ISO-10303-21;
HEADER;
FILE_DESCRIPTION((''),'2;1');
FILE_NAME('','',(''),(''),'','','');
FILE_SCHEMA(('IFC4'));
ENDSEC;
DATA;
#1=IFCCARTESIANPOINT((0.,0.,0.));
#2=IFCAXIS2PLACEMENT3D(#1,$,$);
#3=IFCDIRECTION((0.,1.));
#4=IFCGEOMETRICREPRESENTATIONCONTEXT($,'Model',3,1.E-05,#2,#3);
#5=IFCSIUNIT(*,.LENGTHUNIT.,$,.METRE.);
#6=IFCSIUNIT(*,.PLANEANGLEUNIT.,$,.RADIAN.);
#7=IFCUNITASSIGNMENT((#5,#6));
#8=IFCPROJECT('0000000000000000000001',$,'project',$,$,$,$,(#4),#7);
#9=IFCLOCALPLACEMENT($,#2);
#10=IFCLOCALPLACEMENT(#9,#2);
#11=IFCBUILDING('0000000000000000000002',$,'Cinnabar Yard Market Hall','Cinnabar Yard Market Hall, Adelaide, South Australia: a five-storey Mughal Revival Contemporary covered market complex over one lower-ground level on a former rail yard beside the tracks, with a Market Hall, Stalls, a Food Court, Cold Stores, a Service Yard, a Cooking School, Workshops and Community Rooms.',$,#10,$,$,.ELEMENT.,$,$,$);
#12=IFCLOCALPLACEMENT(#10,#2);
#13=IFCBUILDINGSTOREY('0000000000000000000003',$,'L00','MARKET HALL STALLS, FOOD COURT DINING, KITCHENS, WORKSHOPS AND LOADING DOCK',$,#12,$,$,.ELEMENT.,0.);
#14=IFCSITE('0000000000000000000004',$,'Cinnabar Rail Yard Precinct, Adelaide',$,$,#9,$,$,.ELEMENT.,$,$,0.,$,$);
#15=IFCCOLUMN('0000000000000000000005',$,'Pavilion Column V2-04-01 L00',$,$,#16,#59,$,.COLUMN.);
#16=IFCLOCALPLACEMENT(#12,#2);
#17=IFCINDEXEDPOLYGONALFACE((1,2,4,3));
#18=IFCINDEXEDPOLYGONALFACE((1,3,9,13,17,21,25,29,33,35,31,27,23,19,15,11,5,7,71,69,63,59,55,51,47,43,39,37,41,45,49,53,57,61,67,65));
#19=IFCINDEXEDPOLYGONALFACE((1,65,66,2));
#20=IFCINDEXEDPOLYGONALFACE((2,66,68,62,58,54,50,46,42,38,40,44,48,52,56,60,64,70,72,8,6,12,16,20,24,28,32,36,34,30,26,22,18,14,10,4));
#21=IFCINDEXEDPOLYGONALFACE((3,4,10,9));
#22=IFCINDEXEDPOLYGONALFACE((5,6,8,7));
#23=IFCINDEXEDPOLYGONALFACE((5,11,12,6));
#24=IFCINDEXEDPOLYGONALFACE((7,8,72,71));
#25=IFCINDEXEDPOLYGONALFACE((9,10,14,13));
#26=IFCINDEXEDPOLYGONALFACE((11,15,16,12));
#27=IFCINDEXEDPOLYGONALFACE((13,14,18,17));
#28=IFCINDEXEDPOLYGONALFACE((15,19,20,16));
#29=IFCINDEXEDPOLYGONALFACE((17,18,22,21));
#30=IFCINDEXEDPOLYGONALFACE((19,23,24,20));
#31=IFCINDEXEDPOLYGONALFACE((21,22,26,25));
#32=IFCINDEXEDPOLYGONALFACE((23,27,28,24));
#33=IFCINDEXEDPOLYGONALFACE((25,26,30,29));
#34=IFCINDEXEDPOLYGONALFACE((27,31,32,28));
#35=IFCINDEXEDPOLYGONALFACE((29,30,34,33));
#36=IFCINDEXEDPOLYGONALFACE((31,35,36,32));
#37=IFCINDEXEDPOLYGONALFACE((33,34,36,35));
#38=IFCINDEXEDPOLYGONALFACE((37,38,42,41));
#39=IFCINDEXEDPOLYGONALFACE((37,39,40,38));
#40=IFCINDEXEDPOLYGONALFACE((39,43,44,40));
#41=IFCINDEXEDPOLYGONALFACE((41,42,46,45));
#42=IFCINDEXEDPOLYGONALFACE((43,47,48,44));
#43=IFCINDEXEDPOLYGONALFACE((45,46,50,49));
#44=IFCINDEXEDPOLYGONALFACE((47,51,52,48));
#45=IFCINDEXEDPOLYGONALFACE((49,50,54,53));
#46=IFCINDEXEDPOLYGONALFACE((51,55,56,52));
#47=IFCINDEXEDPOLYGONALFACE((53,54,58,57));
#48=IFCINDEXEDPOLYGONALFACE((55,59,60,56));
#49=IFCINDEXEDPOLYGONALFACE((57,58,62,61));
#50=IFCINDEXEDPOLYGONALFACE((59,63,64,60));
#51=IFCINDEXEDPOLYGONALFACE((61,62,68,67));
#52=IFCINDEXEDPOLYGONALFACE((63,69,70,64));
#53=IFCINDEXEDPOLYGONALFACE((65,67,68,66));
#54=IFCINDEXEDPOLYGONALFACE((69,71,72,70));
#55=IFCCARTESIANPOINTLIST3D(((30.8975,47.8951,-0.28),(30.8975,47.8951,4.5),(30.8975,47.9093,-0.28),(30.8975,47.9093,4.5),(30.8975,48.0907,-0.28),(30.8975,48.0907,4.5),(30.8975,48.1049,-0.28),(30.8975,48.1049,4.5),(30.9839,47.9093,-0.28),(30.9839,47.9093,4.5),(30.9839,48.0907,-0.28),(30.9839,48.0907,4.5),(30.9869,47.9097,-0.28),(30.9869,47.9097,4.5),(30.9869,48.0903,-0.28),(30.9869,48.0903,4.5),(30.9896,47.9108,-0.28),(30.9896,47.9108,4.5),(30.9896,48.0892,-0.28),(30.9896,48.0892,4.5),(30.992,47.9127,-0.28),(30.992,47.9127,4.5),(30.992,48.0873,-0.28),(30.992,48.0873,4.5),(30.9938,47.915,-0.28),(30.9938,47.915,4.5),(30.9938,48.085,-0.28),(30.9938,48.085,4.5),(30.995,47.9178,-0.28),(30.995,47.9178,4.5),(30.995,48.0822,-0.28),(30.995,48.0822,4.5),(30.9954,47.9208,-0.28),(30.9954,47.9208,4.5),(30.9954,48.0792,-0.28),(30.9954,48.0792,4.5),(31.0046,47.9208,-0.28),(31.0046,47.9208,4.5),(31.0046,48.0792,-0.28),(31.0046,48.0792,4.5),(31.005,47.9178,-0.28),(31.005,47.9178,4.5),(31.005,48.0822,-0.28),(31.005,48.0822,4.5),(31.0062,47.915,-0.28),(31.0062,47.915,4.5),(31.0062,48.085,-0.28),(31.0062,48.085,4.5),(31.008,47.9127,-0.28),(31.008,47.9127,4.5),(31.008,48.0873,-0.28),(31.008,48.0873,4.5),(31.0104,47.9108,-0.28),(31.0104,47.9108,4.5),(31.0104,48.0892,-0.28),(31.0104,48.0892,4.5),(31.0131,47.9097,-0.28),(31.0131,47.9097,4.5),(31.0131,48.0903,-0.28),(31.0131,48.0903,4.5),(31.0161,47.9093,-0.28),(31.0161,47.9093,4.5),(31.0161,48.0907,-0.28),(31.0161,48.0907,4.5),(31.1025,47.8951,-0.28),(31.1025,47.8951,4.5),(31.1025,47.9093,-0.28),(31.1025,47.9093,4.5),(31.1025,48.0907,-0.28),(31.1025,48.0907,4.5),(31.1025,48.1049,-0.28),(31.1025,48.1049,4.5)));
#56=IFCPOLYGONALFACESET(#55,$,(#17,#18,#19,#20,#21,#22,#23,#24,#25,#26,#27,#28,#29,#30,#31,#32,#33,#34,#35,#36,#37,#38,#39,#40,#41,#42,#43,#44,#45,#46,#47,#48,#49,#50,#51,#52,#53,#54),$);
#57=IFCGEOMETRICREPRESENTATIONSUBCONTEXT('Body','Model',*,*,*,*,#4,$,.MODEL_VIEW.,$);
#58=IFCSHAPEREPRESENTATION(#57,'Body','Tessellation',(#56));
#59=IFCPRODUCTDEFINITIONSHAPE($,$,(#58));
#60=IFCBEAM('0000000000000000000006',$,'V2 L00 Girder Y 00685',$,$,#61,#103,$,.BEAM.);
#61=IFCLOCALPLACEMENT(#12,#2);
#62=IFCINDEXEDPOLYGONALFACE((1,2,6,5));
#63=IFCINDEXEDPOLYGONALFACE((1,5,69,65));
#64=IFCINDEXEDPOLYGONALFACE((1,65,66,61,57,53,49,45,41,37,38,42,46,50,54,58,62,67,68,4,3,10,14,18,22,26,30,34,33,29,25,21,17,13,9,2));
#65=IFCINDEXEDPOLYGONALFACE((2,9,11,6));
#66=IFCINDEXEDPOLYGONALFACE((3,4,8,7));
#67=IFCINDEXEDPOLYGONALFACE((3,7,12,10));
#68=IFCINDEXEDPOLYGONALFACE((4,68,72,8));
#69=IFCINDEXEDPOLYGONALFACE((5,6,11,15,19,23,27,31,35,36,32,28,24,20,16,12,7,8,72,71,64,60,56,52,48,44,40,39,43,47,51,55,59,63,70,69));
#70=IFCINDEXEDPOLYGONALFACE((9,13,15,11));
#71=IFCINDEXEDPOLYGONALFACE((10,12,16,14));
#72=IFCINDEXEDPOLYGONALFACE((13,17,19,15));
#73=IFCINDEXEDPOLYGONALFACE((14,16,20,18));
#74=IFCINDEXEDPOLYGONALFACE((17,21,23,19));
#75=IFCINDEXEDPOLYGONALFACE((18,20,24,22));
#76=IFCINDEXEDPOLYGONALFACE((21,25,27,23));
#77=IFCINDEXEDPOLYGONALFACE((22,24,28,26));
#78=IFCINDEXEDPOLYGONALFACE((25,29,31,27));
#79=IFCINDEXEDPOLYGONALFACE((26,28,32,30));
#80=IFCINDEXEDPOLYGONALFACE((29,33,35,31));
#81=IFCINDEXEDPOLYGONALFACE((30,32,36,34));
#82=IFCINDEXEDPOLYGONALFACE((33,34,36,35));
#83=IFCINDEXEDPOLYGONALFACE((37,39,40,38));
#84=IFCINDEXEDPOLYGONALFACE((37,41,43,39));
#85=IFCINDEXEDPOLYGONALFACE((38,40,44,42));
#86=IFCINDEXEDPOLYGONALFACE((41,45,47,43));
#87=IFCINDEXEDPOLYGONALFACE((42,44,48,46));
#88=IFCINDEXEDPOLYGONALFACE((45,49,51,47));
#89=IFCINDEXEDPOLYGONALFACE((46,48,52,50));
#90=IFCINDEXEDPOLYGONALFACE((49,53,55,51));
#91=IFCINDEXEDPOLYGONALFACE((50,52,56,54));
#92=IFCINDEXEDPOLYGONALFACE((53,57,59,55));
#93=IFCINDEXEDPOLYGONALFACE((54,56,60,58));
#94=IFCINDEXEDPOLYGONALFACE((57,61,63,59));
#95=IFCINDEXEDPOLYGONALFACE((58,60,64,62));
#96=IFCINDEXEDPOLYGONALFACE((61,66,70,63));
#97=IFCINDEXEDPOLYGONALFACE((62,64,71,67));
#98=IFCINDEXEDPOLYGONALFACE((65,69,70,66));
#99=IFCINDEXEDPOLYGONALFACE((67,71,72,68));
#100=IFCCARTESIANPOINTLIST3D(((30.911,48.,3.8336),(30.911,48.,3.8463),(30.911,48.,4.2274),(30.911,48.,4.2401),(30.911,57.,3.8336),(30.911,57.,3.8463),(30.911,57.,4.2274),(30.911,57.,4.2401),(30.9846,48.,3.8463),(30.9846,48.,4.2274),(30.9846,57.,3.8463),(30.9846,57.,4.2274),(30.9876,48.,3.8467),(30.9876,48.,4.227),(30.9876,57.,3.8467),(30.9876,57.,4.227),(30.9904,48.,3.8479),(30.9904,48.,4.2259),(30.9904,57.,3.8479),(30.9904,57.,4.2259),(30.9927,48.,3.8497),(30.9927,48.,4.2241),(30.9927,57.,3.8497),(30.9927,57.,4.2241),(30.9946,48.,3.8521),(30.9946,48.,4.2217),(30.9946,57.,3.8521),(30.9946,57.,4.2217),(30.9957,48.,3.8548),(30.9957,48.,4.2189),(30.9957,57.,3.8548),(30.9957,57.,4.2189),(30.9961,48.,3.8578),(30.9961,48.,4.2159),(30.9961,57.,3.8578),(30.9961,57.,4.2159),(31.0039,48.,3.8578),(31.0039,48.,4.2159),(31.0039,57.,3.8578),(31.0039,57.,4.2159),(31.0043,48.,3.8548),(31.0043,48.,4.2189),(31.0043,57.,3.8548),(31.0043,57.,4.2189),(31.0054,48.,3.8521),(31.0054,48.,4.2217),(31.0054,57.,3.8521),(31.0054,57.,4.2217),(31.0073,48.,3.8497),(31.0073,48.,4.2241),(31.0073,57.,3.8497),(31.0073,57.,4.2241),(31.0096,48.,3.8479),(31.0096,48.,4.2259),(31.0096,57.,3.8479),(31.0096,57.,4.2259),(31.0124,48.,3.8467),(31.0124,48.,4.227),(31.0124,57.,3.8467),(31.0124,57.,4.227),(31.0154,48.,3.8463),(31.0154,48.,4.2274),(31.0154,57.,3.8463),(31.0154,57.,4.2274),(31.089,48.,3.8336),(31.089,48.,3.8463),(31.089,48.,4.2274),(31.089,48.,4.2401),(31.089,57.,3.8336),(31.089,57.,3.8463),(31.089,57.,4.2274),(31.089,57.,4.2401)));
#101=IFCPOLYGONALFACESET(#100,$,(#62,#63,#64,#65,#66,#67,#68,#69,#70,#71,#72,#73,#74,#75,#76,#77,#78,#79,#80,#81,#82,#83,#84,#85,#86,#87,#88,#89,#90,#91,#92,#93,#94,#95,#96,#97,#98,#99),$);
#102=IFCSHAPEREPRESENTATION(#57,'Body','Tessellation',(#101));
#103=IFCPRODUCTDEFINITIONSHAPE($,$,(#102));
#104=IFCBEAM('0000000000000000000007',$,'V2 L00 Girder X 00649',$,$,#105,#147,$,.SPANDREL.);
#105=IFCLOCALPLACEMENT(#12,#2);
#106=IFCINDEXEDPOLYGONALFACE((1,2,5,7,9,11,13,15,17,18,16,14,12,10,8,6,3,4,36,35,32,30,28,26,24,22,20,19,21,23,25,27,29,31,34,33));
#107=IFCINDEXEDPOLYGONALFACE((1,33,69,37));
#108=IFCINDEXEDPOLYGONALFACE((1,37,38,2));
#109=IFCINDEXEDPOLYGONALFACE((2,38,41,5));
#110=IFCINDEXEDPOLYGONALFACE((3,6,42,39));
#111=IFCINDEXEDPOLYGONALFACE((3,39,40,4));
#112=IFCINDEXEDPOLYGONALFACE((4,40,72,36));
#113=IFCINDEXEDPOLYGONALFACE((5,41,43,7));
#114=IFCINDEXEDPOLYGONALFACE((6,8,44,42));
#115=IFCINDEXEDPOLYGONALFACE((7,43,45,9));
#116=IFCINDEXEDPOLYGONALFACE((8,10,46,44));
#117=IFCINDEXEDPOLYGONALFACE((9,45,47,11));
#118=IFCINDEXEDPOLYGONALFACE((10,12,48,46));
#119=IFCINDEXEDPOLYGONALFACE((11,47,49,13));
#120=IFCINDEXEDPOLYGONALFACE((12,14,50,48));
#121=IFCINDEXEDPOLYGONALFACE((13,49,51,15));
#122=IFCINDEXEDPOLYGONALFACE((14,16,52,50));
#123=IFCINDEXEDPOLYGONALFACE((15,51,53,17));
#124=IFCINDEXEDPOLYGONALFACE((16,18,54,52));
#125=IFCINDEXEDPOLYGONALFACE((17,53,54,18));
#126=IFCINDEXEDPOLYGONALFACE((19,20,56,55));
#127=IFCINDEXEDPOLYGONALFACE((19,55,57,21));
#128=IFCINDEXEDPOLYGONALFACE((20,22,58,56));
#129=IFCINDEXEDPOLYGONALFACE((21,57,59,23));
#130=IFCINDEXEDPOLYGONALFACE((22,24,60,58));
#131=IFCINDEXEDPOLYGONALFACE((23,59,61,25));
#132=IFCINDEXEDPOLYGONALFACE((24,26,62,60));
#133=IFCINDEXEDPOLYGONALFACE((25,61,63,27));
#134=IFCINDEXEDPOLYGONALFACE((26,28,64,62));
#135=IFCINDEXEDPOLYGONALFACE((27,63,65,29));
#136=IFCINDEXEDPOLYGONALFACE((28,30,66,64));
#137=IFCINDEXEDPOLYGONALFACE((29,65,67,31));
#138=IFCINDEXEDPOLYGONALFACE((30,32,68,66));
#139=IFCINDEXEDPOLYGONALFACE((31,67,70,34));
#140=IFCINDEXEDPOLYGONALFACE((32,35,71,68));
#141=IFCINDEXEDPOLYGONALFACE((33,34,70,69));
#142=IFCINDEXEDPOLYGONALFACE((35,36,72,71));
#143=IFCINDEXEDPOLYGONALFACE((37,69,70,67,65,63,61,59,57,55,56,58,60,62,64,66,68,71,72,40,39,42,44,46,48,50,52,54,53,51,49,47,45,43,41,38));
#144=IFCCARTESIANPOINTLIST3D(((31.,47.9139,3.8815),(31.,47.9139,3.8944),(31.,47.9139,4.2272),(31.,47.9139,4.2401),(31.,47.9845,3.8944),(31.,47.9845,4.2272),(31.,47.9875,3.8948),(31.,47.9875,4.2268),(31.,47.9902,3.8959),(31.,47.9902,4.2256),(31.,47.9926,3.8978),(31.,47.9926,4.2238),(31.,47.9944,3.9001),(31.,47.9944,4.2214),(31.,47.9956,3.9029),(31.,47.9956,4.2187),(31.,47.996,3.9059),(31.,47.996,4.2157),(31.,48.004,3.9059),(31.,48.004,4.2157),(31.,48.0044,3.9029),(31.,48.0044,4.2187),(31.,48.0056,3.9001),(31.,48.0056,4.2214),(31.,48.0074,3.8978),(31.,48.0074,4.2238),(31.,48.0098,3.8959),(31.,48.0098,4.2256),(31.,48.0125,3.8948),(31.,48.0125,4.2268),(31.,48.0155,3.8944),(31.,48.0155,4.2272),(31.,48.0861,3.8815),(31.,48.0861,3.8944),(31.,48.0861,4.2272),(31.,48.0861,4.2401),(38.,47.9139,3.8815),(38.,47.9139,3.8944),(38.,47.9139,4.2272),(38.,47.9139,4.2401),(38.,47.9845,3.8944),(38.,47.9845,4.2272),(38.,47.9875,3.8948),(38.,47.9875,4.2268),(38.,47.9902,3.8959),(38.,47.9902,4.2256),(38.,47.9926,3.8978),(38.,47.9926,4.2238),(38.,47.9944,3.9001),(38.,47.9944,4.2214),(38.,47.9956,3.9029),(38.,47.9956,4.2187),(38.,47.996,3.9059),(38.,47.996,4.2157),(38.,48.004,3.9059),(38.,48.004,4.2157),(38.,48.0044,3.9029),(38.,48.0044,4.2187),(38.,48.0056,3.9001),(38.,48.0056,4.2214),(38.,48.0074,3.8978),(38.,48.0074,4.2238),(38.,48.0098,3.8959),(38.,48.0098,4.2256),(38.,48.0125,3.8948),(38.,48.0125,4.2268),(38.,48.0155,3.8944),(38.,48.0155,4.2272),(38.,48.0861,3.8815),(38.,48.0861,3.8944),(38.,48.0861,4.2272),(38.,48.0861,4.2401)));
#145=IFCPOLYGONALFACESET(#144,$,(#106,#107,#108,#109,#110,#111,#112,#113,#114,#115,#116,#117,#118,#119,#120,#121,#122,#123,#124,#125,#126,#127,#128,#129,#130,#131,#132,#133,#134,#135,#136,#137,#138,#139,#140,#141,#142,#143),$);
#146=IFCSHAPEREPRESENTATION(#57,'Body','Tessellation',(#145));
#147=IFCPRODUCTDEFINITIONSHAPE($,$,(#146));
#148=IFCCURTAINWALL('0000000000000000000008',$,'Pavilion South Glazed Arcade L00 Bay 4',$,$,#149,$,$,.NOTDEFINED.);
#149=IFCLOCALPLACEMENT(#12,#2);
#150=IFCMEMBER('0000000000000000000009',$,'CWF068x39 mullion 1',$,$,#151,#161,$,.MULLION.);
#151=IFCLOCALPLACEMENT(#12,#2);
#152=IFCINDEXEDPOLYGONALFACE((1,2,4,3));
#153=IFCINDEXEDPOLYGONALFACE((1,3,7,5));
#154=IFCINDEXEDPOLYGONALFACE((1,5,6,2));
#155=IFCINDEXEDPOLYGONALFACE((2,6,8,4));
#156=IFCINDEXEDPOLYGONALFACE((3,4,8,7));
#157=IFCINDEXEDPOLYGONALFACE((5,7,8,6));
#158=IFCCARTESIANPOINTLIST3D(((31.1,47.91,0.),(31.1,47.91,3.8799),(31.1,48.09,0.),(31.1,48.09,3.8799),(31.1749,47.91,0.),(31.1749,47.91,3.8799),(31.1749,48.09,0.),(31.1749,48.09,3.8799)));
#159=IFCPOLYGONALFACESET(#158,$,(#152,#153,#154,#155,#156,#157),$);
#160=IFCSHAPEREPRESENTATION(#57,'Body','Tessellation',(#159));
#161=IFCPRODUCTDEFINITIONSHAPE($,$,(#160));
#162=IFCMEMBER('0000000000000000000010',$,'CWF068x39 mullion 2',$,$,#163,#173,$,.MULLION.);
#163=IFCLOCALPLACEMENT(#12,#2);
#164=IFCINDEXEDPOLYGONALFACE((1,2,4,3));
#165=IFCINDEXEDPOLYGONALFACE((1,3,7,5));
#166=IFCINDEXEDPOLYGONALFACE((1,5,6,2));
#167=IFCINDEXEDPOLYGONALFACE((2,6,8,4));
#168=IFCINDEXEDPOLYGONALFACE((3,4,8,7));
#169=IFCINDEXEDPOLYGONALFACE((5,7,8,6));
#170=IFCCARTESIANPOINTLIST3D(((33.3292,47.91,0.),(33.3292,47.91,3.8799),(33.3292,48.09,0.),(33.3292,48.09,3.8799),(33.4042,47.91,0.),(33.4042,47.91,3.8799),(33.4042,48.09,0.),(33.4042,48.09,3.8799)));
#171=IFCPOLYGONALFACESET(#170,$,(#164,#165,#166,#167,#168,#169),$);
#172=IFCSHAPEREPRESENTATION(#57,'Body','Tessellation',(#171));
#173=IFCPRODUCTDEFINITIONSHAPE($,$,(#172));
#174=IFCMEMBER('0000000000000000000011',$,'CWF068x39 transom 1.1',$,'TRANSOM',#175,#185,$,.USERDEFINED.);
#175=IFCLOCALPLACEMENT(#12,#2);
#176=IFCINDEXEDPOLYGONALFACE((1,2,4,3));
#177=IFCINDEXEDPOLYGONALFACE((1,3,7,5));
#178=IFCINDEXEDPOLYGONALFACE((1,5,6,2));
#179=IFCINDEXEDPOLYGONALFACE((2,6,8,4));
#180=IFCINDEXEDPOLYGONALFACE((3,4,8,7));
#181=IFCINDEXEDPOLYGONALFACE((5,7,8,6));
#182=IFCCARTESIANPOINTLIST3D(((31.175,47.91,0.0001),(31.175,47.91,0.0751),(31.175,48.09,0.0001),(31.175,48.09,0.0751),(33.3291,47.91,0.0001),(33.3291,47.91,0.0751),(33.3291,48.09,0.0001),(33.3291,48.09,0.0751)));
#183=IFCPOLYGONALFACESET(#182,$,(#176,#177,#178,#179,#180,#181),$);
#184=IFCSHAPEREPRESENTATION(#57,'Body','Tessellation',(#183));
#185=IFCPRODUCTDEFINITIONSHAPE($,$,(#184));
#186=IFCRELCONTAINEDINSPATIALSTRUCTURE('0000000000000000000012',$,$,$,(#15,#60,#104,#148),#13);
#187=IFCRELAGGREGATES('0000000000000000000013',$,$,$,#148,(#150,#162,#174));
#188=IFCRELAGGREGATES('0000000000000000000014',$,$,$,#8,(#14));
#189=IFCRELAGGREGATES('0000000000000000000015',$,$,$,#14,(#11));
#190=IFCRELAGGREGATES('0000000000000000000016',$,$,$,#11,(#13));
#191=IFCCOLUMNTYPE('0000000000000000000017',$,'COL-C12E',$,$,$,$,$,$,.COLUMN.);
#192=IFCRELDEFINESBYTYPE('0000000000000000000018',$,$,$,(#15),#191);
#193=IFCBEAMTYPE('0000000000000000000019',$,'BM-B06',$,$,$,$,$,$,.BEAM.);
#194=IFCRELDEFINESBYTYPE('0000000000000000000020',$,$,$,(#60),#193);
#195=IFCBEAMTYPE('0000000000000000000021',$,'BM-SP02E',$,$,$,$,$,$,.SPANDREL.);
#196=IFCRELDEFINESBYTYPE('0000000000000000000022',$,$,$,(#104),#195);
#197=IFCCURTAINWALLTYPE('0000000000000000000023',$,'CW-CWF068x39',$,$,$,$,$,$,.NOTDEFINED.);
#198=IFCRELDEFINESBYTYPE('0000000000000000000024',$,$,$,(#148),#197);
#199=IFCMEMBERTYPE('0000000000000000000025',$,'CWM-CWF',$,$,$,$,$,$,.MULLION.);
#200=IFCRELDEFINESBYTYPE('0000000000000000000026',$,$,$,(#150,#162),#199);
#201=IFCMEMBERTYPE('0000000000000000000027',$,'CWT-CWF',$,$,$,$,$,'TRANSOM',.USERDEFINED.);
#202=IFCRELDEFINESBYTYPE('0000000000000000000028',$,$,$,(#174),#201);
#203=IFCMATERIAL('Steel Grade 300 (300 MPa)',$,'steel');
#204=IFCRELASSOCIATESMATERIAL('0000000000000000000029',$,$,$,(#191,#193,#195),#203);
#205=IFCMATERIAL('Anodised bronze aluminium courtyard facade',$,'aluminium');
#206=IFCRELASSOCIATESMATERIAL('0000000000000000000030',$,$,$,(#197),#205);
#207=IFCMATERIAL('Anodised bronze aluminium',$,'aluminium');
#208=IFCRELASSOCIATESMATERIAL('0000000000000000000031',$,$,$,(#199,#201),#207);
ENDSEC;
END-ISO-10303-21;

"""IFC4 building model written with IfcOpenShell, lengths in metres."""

from ifc_helpers import new_model, si_unit, direction, frame, origin, origin_2d_with_axis, place, context, subcontext, project, spatial, rectangle, i_section, extrude, material, material_profile, profile_set, type_object, element, aggregate, save


model = new_model("IFC4")

# Units and contexts
model_context = context("Model", 3, precision=1e-05, world=origin(), true_north=direction((0.0, 1.0)))
body_context = subcontext(model_context, "Body", "Model", "MODEL_VIEW")
ifc_project = project(units=[si_unit("LENGTHUNIT", "METRE"), si_unit("PLANEANGLEUNIT", "RADIAN")], contexts=[model_context])

# Site, building, storey
site_placement = place(None, origin())
site = spatial("IfcSite", under=ifc_project, at=site_placement, Name="Cinnabar Rail Yard Precinct, Adelaide", CompositionType="ELEMENT", RefElevation=0.0)
building_placement = place(site_placement, origin())
building = spatial("IfcBuilding", under=site, at=building_placement, Name="Cinnabar Yard Market Hall", Description="Cinnabar Yard Market Hall, Adelaide, South Australia: a five-storey Mughal Revival Contemporary covered market complex over one lower-ground level on a former rail yard beside the tracks, with a Market Hall, Stalls, a Food Court, Cold Stores, a Service Yard, a Cooking School, Workshops and Community Rooms.", CompositionType="ELEMENT")
storey_placement = place(building_placement, origin())
storey = spatial("IfcBuildingStorey", under=building, at=storey_placement, Name="L00", Description="MARKET HALL STALLS, FOOD COURT DINING, KITCHENS, WORKSHOPS AND LOADING DOCK", CompositionType="ELEMENT", Elevation=0.0)

# Column
ifc_material_1 = material(Name="Steel Grade 300 (300 MPa)", Category="steel")
ifc_material_profile_1 = material_profile(ifc_material_1, i_section(OverallWidth=0.2051, OverallDepth=0.2097, WebThickness=0.0093, FlangeThickness=0.0142, FilletRadius=0.0115, at=origin_2d_with_axis()), Name="200UC59.5")
ifc_profile_set_1 = profile_set([ifc_material_profile_1], Name="Steel Grade 300 (300 MPa)")
column_type = type_object("IfcColumnType", Name="COL-C12E", PredefinedType="COLUMN", material=ifc_profile_set_1)
column_placement = place(storey_placement, frame((31.0, 48.0, -0.28), z_axis=(0.0, 0.0, 1.0), x_axis=(1.0, 0.0, 0.0)))
element("IfcColumn", 1, at=column_placement, inside=storey, type_object=column_type, Name="Pavilion Column V2-04-01 L00", PredefinedType="COLUMN", context=body_context, shape_type="SweptSolid", body=[
    extrude(i_section(OverallWidth=0.2051, OverallDepth=0.2097, WebThickness=0.0093, FlangeThickness=0.0142, FilletRadius=0.0115, at=origin_2d_with_axis()), origin(), (0.0, 0.0, 1.0), 4.78),
])

# Beams
ifc_material_profile_2 = material_profile(ifc_material_1, i_section(OverallWidth=0.178, OverallDepth=0.4065, WebThickness=0.0078, FlangeThickness=0.0127, FilletRadius=0.0115, at=origin_2d_with_axis()), Name="410UB59.7")
ifc_profile_set_2 = profile_set([ifc_material_profile_2], Name="Steel Grade 300 (300 MPa)")
beam_type_1 = type_object("IfcBeamType", Name="BM-B06", PredefinedType="BEAM", material=ifc_profile_set_2)
beam_1_placement = place(storey_placement, frame((31.0, 48.0, 4.0369), z_axis=(0.0, 1.0, 0.0), x_axis=(-1.0, 0.0, 0.0)))
element("IfcBeam", 2, at=beam_1_placement, inside=storey, type_object=beam_type_1, Name="V2 L00 Girder Y 00685", PredefinedType="BEAM", context=body_context, shape_type="SweptSolid", body=[
    extrude(i_section(OverallWidth=0.178, OverallDepth=0.4065, WebThickness=0.0078, FlangeThickness=0.0127, FilletRadius=0.0115, at=origin_2d_with_axis()), origin(), (0.0, 0.0, 1.0), 9.0),
])
ifc_material_profile_3 = material_profile(ifc_material_1, i_section(OverallWidth=0.1721, OverallDepth=0.3586, WebThickness=0.0081, FlangeThickness=0.0129, FilletRadius=0.0115, at=origin_2d_with_axis()), Name="360UB56.7")
ifc_profile_set_3 = profile_set([ifc_material_profile_3], Name="Steel Grade 300 (300 MPa)")
beam_type_2 = type_object("IfcBeamType", Name="BM-SP02E", PredefinedType="SPANDREL", material=ifc_profile_set_3)
beam_2_placement = place(storey_placement, frame((31.0, 48.0, 4.0608), z_axis=(1.0, 0.0, 0.0), x_axis=(0.0, 1.0, 0.0)))
element("IfcBeam", 3, at=beam_2_placement, inside=storey, type_object=beam_type_2, Name="V2 L00 Girder X 00649", PredefinedType="SPANDREL", context=body_context, shape_type="SweptSolid", body=[
    extrude(i_section(OverallWidth=0.1721, OverallDepth=0.3586, WebThickness=0.0081, FlangeThickness=0.0129, FilletRadius=0.0115, at=origin_2d_with_axis()), origin(), (0.0, 0.0, 1.0), 7.0),
])

# Curtain wall, members
ifc_material_2 = material(Name="Anodised bronze aluminium courtyard facade", Category="aluminium")
curtain_wall_type = type_object("IfcCurtainWallType", Name="CW-CWF068x39", PredefinedType="NOTDEFINED", material=ifc_material_2)
curtain_wall_placement = place(storey_placement, origin())
curtain_wall = element("IfcCurtainWall", 4, at=curtain_wall_placement, inside=storey, type_object=curtain_wall_type, Name="Pavilion South Glazed Arcade L00 Bay 4", PredefinedType="NOTDEFINED")
ifc_material_3 = material(Name="Anodised bronze aluminium", Category="aluminium")
ifc_material_profile_4 = material_profile(ifc_material_3, rectangle(XDim=0.1799, YDim=0.075, at=origin_2d_with_axis()), Name="MUL-CWF")
ifc_profile_set_4 = profile_set([ifc_material_profile_4], Name="Anodised bronze aluminium")
member_type_1 = type_object("IfcMemberType", Name="CWM-CWF", PredefinedType="MULLION", material=ifc_profile_set_4)
member_1_placement = place(storey_placement, frame((31.1375, 48.0, 0.0), z_axis=(0.0, 0.0, 1.0), x_axis=(0.0, 1.0, 0.0)))
member_1 = element("IfcMember", 5, at=member_1_placement, type_object=member_type_1, Name="CWF068x39 mullion 1", PredefinedType="MULLION", context=body_context, shape_type="SweptSolid", body=[
    extrude(rectangle(XDim=0.1799, YDim=0.075, at=origin_2d_with_axis()), origin(), (0.0, 0.0, 1.0), 3.8799),
])
member_2_placement = place(storey_placement, frame((33.3667, 48.0, 0.0), z_axis=(0.0, 0.0, 1.0), x_axis=(0.0, 1.0, 0.0)))
member_2 = element("IfcMember", 6, at=member_2_placement, type_object=member_type_1, Name="CWF068x39 mullion 2", PredefinedType="MULLION", context=body_context, shape_type="SweptSolid", body=[
    extrude(rectangle(XDim=0.1799, YDim=0.075, at=origin_2d_with_axis()), origin(), (0.0, 0.0, 1.0), 3.8799),
])
ifc_material_profile_5 = material_profile(ifc_material_3, rectangle(XDim=0.1799, YDim=0.075, at=origin_2d_with_axis()), Name="TRN-CWF")
ifc_profile_set_5 = profile_set([ifc_material_profile_5], Name="Anodised bronze aluminium")
member_type_2 = type_object("IfcMemberType", Name="CWT-CWF", ElementType="TRANSOM", PredefinedType="USERDEFINED", material=ifc_profile_set_5)
member_3_placement = place(storey_placement, frame((31.175, 48.0, 0.0376), z_axis=(1.0, 0.0, 0.0), x_axis=(0.0, 1.0, 0.0)))
member_3 = element("IfcMember", 7, at=member_3_placement, type_object=member_type_2, Name="CWF068x39 transom 1.1", ObjectType="TRANSOM", PredefinedType="USERDEFINED", context=body_context, shape_type="SweptSolid", body=[
    extrude(rectangle(XDim=0.1799, YDim=0.075, at=origin_2d_with_axis()), origin(), (0.0, 0.0, 1.0), 2.1541),
])
aggregate(curtain_wall, [member_1, member_2, member_3])

save(model, "model.ifc")
